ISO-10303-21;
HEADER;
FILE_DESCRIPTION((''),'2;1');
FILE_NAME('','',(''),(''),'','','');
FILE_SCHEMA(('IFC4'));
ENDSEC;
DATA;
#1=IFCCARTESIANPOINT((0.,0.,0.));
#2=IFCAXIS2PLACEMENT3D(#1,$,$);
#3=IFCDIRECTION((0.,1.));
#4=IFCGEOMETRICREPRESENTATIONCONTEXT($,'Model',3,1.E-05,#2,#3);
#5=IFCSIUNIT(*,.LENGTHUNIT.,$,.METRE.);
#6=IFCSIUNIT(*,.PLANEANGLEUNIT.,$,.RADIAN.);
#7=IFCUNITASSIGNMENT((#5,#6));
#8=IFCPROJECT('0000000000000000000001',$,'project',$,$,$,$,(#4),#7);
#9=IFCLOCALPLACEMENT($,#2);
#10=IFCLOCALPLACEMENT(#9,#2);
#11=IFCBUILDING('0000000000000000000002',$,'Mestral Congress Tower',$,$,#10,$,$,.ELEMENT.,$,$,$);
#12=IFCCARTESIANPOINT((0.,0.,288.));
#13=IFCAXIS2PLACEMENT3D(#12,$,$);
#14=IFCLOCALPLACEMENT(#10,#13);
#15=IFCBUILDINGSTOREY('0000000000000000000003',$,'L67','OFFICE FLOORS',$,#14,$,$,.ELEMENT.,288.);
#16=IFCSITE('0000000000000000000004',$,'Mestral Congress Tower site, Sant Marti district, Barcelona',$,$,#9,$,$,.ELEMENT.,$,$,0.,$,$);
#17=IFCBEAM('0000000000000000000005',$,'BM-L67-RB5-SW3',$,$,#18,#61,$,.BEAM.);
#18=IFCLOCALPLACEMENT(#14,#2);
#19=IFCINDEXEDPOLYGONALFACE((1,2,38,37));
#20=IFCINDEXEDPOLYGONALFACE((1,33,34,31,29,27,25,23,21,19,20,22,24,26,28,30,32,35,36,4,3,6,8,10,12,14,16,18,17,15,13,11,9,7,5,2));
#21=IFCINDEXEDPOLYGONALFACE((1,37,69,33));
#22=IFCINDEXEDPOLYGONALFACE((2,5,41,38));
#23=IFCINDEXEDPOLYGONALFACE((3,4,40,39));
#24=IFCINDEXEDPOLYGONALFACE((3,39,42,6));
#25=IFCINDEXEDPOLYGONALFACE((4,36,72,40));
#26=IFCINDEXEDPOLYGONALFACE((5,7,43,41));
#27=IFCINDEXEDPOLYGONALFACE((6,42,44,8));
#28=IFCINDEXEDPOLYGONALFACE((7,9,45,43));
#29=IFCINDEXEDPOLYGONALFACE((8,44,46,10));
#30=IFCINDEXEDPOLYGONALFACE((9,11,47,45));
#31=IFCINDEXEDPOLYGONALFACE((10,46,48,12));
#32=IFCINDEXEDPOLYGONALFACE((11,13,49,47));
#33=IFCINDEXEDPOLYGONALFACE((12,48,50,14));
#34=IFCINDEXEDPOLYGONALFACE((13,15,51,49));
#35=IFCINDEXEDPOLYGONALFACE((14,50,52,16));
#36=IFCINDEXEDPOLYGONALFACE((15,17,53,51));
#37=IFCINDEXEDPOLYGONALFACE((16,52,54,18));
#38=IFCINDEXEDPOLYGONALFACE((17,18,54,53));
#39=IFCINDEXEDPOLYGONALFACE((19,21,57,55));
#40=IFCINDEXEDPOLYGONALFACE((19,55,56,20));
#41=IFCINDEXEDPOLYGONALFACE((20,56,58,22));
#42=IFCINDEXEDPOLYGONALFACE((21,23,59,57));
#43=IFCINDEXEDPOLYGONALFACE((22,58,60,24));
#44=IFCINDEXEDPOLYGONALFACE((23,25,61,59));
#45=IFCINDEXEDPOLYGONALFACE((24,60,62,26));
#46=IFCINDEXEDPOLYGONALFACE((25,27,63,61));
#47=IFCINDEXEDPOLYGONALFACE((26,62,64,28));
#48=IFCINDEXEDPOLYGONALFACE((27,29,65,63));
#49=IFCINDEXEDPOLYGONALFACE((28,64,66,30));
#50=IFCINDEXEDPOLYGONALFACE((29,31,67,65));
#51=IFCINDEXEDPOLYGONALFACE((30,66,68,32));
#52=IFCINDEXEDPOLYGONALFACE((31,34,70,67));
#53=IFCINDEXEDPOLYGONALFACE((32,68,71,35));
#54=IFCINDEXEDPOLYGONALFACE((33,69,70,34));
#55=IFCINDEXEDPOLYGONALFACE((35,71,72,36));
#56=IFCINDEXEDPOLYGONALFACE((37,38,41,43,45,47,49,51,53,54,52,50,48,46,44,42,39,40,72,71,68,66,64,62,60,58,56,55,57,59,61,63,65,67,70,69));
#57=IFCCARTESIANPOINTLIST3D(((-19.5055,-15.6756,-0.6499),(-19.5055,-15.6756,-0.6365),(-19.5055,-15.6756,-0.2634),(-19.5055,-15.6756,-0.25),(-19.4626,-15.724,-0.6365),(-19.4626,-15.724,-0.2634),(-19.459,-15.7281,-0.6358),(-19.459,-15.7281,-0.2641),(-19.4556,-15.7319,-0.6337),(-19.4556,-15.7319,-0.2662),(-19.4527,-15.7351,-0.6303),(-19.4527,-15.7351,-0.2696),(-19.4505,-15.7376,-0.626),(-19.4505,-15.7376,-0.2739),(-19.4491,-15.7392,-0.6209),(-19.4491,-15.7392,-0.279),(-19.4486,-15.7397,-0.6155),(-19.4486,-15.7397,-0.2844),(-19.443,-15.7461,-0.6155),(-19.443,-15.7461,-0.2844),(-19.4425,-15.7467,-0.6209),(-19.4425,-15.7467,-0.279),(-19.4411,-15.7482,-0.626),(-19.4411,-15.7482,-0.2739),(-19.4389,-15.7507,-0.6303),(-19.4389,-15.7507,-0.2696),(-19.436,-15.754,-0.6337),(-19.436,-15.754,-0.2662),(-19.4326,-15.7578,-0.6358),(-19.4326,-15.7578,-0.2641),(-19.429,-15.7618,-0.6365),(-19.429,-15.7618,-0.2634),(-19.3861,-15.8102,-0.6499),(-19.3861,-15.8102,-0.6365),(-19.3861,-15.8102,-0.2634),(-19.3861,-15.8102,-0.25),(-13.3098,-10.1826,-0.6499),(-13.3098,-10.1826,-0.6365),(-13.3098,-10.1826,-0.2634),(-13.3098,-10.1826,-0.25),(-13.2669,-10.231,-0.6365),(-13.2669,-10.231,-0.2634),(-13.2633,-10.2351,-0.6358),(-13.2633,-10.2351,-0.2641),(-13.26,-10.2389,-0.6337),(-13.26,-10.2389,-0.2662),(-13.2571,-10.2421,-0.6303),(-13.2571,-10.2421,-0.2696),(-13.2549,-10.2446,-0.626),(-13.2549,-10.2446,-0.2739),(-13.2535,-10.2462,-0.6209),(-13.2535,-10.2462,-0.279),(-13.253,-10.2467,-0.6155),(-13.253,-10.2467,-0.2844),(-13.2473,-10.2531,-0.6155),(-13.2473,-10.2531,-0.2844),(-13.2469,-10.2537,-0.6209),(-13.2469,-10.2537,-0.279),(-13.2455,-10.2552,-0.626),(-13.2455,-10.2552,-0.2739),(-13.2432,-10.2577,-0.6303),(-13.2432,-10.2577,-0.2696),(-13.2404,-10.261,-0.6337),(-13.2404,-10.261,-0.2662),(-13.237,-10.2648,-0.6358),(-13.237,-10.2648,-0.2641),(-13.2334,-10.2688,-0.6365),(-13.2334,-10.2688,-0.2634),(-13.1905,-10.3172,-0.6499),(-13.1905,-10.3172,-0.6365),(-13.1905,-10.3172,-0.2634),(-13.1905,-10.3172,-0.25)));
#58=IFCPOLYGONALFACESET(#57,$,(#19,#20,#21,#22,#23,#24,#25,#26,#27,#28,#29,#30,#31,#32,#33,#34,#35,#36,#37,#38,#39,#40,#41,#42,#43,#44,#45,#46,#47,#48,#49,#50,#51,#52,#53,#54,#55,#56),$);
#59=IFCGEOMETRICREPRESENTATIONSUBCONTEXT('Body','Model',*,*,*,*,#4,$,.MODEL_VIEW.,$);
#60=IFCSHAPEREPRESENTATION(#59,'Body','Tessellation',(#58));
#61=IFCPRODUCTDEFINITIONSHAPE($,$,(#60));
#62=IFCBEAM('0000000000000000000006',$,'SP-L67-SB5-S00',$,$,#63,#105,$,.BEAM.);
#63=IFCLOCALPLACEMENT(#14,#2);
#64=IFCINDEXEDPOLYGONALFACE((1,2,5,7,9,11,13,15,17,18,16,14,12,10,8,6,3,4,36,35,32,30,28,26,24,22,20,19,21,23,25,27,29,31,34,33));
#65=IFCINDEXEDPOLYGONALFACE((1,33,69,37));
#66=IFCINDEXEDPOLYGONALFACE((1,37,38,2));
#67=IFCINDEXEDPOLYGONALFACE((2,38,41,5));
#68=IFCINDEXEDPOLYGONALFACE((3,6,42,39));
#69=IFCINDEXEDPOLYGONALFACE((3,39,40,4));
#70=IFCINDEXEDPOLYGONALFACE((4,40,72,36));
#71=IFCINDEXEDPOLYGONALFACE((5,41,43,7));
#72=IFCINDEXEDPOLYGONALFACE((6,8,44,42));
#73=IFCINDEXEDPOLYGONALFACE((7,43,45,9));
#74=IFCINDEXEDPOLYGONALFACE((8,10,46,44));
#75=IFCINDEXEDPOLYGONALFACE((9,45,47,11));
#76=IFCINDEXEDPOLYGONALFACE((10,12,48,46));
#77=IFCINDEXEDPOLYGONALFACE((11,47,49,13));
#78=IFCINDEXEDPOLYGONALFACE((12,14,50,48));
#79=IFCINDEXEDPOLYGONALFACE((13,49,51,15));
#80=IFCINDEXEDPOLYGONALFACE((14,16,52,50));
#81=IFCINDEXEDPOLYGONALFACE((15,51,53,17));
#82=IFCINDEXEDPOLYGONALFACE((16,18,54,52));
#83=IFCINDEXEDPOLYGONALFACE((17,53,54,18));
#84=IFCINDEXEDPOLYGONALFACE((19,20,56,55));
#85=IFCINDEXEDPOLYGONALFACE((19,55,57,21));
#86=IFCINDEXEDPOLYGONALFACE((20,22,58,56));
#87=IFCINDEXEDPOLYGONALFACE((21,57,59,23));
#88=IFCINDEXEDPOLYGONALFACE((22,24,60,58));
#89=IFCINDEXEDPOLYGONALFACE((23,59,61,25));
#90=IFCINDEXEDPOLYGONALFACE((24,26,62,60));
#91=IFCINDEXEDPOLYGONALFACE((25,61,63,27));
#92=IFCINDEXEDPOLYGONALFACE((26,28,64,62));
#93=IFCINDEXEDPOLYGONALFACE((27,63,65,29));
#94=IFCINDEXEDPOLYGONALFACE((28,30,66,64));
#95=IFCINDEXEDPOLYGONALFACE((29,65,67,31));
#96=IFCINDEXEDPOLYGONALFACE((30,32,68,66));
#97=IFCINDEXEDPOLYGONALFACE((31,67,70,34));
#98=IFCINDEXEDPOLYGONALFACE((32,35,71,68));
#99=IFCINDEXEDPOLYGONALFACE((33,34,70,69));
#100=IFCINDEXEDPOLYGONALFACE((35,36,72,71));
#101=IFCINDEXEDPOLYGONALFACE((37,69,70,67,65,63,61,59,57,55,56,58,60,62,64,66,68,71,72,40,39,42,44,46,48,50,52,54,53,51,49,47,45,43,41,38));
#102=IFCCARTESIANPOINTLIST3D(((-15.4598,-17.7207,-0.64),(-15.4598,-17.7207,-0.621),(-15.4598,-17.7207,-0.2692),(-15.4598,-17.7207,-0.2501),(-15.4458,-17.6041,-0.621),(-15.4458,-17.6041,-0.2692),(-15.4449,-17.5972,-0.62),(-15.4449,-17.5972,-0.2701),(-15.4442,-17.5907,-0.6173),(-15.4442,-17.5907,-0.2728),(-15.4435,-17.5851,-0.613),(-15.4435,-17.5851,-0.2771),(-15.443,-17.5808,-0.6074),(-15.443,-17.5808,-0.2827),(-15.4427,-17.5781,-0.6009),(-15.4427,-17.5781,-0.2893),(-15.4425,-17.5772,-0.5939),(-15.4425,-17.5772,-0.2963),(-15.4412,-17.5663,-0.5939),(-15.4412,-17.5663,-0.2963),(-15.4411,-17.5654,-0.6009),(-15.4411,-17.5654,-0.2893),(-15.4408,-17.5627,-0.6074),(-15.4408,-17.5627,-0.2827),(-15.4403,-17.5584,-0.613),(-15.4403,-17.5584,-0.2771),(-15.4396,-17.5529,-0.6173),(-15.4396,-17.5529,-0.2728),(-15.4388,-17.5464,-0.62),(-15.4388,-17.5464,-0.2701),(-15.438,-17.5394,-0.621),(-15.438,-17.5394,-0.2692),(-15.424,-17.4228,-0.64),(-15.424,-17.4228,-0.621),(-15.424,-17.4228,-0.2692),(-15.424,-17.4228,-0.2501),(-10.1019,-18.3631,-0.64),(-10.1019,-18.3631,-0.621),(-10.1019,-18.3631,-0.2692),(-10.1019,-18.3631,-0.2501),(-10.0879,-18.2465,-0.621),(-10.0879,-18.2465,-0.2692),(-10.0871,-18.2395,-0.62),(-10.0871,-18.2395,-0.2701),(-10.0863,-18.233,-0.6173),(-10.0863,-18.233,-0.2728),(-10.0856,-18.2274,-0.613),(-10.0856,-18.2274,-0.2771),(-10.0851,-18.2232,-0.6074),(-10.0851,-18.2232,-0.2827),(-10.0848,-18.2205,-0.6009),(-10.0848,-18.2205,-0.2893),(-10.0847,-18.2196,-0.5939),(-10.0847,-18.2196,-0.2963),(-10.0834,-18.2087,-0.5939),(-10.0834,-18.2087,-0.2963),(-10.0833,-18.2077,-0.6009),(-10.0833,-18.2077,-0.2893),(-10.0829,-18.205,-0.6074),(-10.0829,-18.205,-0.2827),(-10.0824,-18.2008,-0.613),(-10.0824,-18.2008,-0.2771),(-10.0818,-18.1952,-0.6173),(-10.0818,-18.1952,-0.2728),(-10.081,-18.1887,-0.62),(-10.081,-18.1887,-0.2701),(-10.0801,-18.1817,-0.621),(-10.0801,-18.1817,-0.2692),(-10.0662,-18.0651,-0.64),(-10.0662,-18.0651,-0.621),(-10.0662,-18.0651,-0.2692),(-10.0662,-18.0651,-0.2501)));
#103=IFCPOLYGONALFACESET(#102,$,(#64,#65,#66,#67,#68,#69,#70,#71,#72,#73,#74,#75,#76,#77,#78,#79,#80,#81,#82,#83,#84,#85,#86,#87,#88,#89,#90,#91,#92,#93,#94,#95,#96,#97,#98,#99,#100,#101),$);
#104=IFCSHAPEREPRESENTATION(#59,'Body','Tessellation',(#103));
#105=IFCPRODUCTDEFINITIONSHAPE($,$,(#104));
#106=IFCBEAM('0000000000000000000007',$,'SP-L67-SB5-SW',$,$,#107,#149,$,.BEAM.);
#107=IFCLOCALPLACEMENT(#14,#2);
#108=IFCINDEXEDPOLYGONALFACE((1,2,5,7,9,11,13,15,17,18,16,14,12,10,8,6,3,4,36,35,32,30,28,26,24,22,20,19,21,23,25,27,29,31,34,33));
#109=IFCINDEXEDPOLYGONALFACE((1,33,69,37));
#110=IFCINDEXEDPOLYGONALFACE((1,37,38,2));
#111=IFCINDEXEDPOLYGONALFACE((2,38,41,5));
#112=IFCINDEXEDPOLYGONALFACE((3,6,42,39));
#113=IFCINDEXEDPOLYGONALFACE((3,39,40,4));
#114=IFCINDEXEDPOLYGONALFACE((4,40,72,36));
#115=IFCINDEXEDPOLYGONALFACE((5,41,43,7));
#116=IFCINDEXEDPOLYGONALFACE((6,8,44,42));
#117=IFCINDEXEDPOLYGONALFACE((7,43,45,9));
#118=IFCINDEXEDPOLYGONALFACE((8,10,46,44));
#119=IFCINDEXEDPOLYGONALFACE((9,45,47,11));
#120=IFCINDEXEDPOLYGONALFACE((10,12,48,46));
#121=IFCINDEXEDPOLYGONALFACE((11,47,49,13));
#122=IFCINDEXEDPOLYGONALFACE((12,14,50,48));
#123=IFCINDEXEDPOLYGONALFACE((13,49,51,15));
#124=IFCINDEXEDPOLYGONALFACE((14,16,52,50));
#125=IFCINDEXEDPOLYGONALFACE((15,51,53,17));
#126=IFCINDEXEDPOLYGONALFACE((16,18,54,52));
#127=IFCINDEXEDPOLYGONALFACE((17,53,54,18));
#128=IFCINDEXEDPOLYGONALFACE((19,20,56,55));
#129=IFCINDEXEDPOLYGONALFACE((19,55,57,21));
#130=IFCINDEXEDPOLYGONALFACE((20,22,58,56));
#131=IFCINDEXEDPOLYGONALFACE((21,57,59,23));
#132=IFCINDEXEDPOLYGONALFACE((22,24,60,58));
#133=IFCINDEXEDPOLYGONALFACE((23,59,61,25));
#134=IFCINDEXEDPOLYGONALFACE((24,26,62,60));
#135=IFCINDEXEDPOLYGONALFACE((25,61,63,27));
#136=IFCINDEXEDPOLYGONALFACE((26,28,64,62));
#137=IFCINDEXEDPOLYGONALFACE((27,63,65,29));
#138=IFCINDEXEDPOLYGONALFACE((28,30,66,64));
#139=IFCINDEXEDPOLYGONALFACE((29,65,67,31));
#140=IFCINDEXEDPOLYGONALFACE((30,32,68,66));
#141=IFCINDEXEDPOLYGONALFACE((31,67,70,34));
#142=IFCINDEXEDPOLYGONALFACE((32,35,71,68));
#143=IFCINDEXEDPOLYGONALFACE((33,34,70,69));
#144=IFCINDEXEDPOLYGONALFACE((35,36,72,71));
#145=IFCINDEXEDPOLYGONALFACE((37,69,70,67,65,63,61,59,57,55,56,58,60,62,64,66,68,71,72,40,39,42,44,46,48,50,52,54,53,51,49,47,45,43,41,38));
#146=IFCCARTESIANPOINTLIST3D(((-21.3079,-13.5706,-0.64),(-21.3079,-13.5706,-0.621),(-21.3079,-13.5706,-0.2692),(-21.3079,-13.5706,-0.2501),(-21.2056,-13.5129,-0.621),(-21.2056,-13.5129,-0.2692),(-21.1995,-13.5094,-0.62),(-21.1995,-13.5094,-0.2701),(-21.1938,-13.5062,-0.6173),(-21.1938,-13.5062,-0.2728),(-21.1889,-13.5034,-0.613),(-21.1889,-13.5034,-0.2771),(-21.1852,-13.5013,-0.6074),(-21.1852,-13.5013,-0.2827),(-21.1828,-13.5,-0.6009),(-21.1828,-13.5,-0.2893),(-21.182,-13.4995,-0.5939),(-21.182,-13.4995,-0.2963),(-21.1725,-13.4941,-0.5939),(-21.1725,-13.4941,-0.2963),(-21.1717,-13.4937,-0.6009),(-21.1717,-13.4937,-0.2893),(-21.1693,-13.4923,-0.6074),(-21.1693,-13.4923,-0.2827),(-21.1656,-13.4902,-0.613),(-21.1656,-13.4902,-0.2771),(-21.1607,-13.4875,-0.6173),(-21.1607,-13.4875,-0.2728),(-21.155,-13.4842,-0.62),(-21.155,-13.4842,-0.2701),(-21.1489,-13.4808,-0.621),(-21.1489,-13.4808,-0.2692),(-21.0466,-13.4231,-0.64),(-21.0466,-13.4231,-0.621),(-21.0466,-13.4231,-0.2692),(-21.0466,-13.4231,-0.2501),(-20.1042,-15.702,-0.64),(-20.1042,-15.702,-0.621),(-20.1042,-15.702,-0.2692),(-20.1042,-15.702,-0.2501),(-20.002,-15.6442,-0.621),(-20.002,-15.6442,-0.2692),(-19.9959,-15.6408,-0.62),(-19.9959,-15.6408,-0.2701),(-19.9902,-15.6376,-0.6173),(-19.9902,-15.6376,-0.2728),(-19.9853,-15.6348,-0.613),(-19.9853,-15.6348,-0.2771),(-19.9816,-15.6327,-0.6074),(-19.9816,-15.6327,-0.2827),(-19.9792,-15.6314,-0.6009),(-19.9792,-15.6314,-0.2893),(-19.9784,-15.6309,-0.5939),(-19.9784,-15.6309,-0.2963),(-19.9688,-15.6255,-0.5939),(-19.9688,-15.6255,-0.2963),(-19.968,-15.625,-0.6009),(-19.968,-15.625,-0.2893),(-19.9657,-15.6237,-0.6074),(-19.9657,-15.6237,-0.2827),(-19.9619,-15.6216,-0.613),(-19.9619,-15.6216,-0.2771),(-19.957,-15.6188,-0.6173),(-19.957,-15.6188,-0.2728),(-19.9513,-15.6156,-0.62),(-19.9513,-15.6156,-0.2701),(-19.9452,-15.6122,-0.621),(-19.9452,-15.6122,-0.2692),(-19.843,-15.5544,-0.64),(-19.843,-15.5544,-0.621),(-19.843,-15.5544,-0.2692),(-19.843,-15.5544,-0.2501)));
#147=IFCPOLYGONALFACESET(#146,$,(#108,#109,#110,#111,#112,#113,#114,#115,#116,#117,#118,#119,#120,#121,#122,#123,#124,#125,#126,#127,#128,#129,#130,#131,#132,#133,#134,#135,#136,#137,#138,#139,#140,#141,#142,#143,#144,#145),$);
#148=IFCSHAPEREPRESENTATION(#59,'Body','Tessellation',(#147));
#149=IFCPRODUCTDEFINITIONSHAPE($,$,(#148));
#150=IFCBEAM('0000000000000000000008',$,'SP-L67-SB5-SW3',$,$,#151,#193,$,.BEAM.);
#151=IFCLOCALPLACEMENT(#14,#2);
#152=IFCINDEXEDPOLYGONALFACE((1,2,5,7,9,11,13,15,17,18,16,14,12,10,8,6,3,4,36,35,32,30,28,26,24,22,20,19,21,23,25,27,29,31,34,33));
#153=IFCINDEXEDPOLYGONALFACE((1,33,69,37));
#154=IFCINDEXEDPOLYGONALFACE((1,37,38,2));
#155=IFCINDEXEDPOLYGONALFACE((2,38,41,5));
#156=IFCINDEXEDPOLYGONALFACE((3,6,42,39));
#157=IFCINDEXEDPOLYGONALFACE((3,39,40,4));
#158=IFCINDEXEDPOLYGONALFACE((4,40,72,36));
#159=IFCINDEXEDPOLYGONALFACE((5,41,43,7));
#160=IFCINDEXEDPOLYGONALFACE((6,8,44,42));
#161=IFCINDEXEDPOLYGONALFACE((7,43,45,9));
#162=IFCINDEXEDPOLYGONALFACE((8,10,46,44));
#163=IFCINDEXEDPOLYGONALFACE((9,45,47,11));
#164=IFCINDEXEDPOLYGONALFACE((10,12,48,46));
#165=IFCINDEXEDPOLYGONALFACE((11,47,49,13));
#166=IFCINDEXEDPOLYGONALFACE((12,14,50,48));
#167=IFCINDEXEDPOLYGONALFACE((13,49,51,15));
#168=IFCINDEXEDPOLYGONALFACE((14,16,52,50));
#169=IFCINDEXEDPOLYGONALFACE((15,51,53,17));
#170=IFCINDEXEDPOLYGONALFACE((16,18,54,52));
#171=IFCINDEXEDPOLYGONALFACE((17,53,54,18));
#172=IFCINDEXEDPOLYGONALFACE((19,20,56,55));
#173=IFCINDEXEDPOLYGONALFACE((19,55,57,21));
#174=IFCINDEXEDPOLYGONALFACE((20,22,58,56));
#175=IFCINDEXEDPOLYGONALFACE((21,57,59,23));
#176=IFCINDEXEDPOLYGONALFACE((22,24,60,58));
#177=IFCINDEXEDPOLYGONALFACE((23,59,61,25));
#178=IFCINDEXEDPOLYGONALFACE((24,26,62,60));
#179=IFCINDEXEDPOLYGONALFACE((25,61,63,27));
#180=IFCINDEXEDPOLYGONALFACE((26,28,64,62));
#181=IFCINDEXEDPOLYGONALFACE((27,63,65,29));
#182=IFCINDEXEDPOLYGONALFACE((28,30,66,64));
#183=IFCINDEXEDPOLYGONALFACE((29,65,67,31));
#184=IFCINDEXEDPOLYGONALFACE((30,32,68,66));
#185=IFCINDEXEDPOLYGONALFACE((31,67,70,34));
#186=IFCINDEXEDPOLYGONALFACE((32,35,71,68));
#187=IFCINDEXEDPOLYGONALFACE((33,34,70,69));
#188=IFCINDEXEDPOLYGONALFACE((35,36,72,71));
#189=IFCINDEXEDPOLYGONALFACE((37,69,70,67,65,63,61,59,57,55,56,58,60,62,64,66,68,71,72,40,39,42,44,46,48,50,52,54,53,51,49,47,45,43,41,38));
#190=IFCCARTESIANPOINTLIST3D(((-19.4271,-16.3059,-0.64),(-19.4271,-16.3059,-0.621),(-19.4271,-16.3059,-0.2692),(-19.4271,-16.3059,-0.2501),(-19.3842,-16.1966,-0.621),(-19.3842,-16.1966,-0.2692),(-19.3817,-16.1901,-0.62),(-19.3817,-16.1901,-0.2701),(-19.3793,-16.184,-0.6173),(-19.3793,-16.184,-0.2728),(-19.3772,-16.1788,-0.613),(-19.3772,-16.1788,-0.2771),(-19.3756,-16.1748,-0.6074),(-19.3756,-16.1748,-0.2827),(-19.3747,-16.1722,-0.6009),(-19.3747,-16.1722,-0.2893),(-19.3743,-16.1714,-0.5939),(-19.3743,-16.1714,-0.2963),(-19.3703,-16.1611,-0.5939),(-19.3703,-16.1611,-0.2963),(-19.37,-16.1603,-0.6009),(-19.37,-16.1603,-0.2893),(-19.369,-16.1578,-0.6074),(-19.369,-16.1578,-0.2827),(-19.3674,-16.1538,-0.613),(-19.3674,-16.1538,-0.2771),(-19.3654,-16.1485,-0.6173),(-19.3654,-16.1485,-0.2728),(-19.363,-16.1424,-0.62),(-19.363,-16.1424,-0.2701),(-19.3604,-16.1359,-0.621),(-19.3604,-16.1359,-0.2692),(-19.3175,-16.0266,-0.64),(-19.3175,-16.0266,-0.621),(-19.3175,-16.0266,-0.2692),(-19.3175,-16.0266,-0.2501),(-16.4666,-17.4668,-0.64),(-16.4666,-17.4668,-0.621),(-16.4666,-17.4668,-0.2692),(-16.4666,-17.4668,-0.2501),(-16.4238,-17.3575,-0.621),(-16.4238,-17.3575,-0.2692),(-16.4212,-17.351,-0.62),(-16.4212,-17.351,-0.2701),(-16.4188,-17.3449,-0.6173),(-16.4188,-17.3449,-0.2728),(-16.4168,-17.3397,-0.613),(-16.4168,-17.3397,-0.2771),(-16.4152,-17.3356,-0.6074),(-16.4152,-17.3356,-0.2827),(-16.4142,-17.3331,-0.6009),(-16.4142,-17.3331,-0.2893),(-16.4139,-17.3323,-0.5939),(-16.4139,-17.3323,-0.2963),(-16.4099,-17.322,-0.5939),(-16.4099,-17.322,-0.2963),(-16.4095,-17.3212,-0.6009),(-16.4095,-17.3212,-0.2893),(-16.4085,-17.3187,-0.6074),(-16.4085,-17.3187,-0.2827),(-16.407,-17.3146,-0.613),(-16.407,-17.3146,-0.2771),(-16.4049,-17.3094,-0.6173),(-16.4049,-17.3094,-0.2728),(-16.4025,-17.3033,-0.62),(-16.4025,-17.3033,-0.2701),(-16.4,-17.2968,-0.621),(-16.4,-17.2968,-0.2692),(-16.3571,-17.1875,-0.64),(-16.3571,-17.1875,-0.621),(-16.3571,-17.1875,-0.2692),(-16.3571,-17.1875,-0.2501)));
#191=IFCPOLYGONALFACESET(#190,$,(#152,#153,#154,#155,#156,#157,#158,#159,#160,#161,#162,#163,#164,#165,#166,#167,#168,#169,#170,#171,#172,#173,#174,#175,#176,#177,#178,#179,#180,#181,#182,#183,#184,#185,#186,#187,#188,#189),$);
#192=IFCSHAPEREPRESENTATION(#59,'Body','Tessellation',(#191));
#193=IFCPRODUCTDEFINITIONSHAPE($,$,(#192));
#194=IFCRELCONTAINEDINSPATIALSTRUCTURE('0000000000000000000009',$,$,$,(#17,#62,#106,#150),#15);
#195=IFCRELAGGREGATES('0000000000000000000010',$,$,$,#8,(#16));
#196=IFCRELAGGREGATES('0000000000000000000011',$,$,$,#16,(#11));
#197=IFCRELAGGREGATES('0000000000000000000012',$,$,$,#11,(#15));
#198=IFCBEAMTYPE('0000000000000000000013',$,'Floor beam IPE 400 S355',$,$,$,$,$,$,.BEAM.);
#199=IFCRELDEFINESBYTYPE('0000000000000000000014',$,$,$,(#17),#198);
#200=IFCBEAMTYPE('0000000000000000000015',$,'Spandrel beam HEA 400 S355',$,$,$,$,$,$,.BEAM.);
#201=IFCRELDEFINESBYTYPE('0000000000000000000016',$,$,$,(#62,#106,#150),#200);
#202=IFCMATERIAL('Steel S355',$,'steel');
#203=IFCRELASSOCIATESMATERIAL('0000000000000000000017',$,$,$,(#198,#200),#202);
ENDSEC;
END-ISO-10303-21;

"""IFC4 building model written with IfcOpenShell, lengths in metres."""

from ifc_helpers import new_model, si_unit, direction, frame, origin, origin_2d, place, context, subcontext, project, spatial, i_section, extrude, material, material_profile, profile_set, type_object, element, save


model = new_model("IFC4")

# Units and contexts
model_context = context("Model", 3, precision=1e-05, world=origin(), true_north=direction((0.0, 1.0)))
body_context = subcontext(model_context, "Body", "Model", "MODEL_VIEW")
ifc_project = project(units=[si_unit("LENGTHUNIT", "METRE"), si_unit("PLANEANGLEUNIT", "RADIAN")], contexts=[model_context])

# Site, building, storey
site_placement = place(None, origin())
site = spatial("IfcSite", under=ifc_project, at=site_placement, Name="Mestral Congress Tower site, Sant Marti district, Barcelona", CompositionType="ELEMENT", RefElevation=0.0)
building_placement = place(site_placement, origin())
building = spatial("IfcBuilding", under=site, at=building_placement, Name="Mestral Congress Tower", CompositionType="ELEMENT")
storey_placement = place(building_placement, frame((0.0, 0.0, 288.0)))
storey = spatial("IfcBuildingStorey", under=building, at=storey_placement, Name="L67", Description="OFFICE FLOORS", CompositionType="ELEMENT", Elevation=288.0)

# Beams
ifc_material_1 = material(Name="Steel S355", Category="steel")
ifc_material_profile_1 = material_profile(ifc_material_1, i_section(OverallWidth=0.1799, OverallDepth=0.3999, WebThickness=0.0085, FlangeThickness=0.0134, FilletRadius=0.021, at=origin_2d()), Name="IPE 400")
ifc_profile_set_1 = profile_set([ifc_material_profile_1], Name="Steel S355")
beam_type_1 = type_object("IfcBeamType", Name="Floor beam IPE 400 S355", PredefinedType="BEAM", material=ifc_profile_set_1)
beam_1_placement = place(storey_placement, frame((-19.4458, -15.7429, -0.45), z_axis=(0.748263, 0.663402, 0.0), x_axis=(-0.663402, 0.748263, 0.0)))
element("IfcBeam", 1, at=beam_1_placement, inside=storey, type_object=beam_type_1, Name="BM-L67-RB5-SW3", PredefinedType="BEAM", context=body_context, shape_type="SweptSolid", body=[
    extrude(i_section(OverallWidth=0.1799, OverallDepth=0.3999, WebThickness=0.0085, FlangeThickness=0.0134, FilletRadius=0.021, at=origin_2d()), origin(), (0.0, 0.0, 1.0), 8.28),
])
ifc_material_profile_2 = material_profile(ifc_material_1, i_section(OverallWidth=0.3, OverallDepth=0.3899, WebThickness=0.011, FlangeThickness=0.019, FilletRadius=0.0271, at=origin_2d()), Name="HEA 400")
ifc_profile_set_2 = profile_set([ifc_material_profile_2], Name="Steel S355")
beam_type_2 = type_object("IfcBeamType", Name="Spandrel beam HEA 400 S355", PredefinedType="BEAM", material=ifc_profile_set_2)
beam_2_placement = place(storey_placement, frame((-15.4419, -17.5718, -0.4451), z_axis=(0.99289, -0.119033, 0.0), x_axis=(0.119033, 0.99289, 0.0)))
element("IfcBeam", 2, at=beam_2_placement, inside=storey, type_object=beam_type_2, Name="SP-L67-SB5-S00", PredefinedType="BEAM", context=body_context, shape_type="SweptSolid", body=[
    extrude(i_section(OverallWidth=0.3, OverallDepth=0.3899, WebThickness=0.011, FlangeThickness=0.019, FilletRadius=0.0271, at=origin_2d()), origin(), (0.0, 0.0, 1.0), 5.3962),
])
beam_3_placement = place(storey_placement, frame((-21.1772, -13.4968, -0.4451), z_axis=(0.491729, -0.870749, 0.0), x_axis=(0.870749, 0.491729, 0.0)))
element("IfcBeam", 3, at=beam_3_placement, inside=storey, type_object=beam_type_2, Name="SP-L67-SB5-SW", PredefinedType="BEAM", context=body_context, shape_type="SweptSolid", body=[
    extrude(i_section(OverallWidth=0.3, OverallDepth=0.3899, WebThickness=0.011, FlangeThickness=0.019, FilletRadius=0.0271, at=origin_2d()), origin(), (0.0, 0.0, 1.0), 2.4478),
])
beam_4_placement = place(storey_placement, frame((-19.3723, -16.1663, -0.4451), z_axis=(0.930981, -0.365068, 0.0), x_axis=(0.365068, 0.930981, 0.0)))
element("IfcBeam", 4, at=beam_4_placement, inside=storey, type_object=beam_type_2, Name="SP-L67-SB5-SW3", PredefinedType="BEAM", context=body_context, shape_type="SweptSolid", body=[
    extrude(i_section(OverallWidth=0.3, OverallDepth=0.3899, WebThickness=0.011, FlangeThickness=0.019, FilletRadius=0.0271, at=origin_2d()), origin(), (0.0, 0.0, 1.0), 3.1799),
])

save(model, "model.ifc")
